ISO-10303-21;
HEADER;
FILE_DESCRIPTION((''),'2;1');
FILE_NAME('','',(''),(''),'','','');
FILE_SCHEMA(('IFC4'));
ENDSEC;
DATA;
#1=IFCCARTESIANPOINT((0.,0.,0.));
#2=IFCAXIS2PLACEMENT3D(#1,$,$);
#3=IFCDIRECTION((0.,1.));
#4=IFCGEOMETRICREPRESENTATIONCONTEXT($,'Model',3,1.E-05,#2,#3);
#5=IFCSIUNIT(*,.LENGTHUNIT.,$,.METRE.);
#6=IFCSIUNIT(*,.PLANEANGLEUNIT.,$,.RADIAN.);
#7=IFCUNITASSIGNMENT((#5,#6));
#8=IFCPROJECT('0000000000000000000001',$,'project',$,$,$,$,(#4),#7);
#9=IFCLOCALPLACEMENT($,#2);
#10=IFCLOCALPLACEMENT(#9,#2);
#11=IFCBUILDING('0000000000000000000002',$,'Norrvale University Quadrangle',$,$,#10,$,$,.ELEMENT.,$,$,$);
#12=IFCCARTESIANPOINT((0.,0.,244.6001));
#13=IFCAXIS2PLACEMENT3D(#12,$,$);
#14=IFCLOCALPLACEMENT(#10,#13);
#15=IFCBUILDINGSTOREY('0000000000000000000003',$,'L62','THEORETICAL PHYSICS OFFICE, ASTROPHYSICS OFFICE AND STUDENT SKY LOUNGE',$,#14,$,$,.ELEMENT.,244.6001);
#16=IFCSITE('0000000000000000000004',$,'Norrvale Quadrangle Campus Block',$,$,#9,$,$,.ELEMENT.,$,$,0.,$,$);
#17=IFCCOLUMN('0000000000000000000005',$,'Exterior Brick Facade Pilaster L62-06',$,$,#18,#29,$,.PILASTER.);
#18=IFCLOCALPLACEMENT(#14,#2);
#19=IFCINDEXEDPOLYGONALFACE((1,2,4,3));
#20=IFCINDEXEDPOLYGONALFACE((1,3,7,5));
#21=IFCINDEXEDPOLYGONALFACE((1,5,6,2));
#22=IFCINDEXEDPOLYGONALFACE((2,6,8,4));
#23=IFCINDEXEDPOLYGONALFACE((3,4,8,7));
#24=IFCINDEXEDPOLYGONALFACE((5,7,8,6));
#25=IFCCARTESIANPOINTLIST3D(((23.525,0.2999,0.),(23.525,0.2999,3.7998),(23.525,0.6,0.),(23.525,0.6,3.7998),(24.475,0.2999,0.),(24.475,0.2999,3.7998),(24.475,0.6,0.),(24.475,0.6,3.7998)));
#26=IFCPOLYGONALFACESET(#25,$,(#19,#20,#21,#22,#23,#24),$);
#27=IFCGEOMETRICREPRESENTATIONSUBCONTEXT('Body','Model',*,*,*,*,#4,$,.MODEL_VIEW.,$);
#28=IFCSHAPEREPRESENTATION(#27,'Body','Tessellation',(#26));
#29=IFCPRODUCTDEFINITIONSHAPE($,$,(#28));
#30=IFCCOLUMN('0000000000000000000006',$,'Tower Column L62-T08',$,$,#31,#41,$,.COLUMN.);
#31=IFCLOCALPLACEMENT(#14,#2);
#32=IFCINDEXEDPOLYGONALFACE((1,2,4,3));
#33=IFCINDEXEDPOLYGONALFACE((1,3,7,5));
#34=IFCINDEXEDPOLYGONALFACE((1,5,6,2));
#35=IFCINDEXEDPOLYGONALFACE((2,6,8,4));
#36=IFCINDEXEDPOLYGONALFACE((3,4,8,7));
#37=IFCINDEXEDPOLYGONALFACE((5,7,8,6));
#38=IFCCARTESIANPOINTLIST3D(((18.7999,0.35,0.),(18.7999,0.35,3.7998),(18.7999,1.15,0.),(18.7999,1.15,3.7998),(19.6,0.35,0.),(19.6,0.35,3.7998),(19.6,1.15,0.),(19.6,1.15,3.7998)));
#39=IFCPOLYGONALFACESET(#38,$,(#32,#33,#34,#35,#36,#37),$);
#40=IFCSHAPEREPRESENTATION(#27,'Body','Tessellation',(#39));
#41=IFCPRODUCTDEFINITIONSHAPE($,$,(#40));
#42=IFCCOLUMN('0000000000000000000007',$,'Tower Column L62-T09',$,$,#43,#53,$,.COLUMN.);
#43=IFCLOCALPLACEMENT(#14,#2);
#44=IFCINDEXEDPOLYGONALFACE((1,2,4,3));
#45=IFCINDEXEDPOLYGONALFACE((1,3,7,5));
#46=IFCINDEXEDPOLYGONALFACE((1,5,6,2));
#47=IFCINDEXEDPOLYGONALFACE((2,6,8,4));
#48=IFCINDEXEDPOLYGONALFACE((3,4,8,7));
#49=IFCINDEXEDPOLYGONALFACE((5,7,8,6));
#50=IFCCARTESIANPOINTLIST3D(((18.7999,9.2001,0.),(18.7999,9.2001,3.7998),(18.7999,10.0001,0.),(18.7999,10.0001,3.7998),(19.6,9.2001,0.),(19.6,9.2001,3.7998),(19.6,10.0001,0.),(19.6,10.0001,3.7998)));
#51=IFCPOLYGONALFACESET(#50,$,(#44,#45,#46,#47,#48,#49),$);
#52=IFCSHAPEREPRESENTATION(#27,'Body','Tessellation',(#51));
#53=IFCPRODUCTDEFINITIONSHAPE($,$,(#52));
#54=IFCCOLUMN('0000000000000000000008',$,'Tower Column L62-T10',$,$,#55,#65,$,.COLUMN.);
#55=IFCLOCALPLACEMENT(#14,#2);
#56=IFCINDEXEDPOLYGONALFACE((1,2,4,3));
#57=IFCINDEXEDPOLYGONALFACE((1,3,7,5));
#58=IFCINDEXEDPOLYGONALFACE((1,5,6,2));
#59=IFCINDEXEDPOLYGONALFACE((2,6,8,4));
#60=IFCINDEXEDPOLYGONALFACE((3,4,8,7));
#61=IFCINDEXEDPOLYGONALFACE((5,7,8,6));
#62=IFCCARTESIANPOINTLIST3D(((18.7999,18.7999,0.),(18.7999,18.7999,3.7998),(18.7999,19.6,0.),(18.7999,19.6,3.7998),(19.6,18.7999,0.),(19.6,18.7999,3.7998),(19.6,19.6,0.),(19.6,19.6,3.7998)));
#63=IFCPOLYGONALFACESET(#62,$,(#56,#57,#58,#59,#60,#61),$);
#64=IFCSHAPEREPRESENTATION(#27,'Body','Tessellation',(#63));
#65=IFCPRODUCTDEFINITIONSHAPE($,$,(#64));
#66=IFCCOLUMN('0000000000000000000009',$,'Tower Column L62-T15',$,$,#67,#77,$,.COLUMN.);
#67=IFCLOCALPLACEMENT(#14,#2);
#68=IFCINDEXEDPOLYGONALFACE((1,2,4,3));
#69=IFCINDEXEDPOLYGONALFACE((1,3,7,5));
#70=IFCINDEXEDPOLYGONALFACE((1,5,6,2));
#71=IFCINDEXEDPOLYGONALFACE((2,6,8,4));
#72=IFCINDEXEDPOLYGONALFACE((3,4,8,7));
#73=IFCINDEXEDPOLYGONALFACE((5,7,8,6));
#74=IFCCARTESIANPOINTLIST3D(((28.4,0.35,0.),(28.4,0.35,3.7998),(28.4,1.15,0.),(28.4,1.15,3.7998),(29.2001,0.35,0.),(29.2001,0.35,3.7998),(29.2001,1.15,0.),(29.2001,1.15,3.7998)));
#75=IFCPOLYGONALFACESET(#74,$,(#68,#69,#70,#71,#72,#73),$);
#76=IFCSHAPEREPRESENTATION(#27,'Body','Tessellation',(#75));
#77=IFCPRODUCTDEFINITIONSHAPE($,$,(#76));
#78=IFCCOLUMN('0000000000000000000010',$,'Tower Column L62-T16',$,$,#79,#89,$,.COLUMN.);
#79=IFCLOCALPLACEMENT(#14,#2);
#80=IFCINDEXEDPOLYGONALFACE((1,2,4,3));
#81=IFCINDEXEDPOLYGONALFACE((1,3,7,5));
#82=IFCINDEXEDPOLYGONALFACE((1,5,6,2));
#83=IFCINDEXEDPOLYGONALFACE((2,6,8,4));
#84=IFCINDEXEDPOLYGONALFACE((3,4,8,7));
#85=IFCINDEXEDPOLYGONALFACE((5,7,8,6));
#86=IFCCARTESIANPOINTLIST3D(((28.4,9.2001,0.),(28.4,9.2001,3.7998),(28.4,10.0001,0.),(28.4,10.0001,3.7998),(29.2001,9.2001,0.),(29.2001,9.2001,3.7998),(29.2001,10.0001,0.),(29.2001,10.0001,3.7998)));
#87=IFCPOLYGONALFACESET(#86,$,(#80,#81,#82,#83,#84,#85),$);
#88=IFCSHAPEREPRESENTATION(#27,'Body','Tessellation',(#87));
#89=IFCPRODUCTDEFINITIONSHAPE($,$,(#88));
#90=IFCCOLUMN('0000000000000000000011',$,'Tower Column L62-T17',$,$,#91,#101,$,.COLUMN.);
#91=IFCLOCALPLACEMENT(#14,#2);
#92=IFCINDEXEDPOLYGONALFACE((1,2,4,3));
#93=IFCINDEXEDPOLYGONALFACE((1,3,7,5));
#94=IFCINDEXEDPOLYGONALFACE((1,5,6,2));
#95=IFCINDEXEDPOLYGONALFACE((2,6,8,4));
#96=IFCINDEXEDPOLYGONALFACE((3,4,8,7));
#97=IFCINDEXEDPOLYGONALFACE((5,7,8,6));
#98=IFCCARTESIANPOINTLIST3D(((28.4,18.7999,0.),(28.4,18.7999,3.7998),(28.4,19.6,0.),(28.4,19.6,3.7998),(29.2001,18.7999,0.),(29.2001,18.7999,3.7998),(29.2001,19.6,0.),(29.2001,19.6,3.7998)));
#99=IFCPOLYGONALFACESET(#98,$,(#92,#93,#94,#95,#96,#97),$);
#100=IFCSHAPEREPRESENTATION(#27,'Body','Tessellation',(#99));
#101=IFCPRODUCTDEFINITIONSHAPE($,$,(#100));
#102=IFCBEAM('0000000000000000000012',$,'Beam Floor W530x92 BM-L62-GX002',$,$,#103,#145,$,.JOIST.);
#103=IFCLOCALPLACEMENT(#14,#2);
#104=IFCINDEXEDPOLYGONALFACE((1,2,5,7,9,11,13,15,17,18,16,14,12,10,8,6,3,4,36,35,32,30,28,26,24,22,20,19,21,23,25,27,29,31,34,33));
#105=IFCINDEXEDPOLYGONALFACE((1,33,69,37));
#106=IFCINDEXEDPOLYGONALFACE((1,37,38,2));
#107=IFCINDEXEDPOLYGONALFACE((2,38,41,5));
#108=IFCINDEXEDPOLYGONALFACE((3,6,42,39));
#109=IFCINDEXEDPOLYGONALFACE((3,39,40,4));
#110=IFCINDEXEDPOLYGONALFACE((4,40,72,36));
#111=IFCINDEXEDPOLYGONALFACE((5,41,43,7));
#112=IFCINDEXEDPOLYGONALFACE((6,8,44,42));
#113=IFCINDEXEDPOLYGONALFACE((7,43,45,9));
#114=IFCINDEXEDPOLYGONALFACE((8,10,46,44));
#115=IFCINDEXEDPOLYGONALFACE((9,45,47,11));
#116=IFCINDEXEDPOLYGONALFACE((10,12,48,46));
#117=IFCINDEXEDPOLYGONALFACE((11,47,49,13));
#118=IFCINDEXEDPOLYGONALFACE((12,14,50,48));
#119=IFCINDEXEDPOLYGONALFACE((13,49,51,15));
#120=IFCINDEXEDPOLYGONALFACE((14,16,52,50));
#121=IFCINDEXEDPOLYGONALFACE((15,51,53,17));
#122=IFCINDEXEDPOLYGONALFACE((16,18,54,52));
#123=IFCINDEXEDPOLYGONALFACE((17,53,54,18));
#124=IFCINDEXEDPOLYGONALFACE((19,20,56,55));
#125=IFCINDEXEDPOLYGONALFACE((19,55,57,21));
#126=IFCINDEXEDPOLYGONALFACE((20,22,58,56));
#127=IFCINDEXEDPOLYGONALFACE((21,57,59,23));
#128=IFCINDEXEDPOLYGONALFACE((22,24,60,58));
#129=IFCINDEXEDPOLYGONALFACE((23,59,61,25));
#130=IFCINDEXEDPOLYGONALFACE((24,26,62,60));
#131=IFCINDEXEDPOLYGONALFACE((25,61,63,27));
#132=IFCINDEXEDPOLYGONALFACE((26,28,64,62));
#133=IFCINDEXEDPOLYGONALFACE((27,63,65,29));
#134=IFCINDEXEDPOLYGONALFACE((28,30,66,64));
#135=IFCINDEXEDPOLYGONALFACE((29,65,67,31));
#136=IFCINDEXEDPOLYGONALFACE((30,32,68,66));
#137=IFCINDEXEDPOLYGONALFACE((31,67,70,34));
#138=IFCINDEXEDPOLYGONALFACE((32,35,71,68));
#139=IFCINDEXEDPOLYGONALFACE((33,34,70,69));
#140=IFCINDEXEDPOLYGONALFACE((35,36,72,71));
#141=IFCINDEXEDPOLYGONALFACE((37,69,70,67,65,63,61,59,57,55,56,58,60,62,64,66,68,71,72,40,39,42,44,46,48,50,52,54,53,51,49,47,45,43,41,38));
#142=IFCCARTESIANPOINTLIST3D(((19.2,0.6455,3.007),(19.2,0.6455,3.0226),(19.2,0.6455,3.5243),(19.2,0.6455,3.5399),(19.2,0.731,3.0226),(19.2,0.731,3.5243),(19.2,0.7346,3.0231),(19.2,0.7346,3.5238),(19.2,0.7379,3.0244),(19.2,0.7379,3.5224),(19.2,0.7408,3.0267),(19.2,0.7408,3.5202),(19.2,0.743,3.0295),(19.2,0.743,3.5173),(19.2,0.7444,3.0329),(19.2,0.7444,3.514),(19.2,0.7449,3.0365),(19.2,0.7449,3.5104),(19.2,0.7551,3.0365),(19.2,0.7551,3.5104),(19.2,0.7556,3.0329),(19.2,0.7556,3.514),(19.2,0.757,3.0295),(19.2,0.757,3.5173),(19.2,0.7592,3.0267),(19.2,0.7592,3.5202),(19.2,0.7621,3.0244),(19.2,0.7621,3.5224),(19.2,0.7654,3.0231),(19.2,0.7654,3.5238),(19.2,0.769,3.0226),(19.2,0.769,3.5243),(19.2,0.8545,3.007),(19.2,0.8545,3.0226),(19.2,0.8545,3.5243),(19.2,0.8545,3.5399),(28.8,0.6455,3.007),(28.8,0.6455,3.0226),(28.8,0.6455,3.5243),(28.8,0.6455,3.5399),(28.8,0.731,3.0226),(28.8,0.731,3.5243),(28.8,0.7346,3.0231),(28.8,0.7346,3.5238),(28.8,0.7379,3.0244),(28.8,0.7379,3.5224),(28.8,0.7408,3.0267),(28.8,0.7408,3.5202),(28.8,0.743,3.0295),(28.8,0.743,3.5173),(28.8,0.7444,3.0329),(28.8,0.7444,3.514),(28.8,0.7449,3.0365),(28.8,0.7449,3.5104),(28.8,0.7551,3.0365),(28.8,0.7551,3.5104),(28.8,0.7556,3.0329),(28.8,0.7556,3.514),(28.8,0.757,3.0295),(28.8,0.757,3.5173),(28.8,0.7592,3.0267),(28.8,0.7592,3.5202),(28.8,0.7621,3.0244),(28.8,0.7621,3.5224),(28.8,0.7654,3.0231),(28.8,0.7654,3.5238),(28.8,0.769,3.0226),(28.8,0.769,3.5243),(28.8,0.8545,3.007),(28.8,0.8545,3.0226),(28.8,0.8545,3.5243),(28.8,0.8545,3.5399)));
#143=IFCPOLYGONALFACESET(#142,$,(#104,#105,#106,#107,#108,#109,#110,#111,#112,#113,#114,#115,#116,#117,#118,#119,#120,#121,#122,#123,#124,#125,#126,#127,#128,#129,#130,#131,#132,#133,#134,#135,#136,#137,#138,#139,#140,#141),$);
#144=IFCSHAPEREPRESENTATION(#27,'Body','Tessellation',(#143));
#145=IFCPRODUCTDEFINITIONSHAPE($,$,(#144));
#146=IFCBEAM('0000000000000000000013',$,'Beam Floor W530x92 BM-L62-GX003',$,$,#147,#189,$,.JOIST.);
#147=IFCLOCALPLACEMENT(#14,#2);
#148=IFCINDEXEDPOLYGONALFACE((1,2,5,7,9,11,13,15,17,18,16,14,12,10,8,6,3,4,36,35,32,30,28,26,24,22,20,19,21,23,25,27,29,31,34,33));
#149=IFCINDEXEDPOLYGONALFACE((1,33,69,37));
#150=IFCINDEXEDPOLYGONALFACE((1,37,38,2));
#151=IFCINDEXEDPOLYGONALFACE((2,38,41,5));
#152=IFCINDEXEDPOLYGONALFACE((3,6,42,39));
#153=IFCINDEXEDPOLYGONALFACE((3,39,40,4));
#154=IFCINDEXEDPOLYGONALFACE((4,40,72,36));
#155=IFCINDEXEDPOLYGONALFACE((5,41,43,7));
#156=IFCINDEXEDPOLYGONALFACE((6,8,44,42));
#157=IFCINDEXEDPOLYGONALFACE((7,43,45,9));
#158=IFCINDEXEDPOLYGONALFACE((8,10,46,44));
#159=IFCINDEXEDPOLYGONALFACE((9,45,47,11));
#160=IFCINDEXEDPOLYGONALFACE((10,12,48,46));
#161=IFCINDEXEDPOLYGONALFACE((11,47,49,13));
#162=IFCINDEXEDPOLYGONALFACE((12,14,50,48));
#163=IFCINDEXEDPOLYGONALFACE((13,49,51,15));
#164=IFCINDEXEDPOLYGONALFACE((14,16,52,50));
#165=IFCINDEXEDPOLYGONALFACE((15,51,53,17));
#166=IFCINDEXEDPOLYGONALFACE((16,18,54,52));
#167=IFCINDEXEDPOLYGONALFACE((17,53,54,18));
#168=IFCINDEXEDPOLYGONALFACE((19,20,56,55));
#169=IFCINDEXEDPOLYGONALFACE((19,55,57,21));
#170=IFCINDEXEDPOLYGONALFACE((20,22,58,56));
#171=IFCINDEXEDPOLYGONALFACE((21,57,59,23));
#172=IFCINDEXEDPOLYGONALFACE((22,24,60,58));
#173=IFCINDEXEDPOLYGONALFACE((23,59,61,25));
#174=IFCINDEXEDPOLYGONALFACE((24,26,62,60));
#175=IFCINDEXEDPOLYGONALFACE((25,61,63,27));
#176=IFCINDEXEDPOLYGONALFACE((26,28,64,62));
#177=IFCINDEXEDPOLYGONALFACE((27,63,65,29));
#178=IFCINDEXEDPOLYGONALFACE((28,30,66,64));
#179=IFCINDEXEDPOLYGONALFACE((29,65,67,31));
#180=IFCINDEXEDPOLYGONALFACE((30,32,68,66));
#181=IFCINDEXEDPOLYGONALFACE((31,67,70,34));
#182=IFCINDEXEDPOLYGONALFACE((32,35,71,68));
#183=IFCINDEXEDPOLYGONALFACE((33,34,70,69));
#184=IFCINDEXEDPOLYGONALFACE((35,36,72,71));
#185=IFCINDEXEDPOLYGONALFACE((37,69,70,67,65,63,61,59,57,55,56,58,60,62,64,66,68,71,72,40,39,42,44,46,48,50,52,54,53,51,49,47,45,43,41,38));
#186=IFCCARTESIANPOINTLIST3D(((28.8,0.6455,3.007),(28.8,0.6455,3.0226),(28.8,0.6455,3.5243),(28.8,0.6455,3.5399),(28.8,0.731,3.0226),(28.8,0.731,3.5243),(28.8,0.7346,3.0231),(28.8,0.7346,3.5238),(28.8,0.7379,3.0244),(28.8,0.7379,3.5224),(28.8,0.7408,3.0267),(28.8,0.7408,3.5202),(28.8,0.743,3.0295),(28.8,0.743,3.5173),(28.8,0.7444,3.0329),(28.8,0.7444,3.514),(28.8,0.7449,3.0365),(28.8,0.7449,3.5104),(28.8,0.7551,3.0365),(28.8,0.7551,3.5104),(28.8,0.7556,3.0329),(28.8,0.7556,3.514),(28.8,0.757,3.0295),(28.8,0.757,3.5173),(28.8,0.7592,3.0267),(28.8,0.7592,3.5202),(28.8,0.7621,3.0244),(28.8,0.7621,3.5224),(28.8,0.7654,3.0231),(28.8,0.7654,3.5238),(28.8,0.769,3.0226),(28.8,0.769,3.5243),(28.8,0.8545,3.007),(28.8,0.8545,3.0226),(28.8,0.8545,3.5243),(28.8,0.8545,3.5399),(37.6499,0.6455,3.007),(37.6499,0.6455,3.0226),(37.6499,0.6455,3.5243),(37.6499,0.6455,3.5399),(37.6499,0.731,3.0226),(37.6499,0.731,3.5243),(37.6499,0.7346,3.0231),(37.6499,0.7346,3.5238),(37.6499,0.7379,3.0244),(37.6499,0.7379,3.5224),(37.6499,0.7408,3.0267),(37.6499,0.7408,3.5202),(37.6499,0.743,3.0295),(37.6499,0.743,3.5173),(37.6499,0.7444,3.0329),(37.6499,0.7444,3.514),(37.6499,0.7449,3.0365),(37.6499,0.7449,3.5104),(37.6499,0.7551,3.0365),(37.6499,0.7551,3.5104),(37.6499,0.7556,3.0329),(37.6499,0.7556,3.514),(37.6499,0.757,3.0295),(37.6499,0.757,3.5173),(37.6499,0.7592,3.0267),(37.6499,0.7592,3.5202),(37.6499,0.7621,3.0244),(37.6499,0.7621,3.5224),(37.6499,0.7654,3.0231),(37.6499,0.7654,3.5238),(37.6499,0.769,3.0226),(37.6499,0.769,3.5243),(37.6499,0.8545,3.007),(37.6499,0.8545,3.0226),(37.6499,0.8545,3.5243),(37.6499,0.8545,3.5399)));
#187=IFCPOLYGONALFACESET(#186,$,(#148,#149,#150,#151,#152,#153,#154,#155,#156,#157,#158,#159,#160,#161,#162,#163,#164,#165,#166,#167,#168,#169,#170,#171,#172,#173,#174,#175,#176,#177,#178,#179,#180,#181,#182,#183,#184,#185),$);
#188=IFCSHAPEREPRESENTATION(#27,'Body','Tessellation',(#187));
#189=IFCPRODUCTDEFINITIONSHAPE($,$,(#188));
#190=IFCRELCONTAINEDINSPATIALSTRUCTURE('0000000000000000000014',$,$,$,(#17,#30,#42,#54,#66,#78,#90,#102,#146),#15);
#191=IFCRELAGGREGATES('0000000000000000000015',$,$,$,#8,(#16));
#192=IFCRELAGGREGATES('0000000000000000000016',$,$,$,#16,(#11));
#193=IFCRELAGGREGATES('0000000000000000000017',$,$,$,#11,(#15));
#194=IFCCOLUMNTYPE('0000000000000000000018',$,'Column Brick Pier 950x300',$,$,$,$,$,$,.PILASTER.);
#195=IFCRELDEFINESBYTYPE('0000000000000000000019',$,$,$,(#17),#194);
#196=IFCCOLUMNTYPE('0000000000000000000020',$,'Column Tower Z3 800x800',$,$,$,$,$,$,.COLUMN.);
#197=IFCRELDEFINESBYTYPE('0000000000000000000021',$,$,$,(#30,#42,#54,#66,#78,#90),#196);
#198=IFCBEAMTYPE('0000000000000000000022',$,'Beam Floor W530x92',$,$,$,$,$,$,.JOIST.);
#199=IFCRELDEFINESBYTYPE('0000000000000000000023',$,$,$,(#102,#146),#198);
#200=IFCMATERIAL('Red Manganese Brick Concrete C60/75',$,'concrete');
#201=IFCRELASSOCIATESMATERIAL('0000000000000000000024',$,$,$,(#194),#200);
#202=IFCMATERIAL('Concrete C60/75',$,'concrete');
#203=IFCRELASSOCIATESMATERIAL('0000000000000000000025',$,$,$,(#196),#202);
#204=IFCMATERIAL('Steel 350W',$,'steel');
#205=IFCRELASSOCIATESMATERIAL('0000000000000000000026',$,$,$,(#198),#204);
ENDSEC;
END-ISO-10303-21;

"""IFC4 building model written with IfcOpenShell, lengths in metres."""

from ifc_helpers import new_model, si_unit, direction, frame, origin, origin_2d, place, context, subcontext, project, spatial, rectangle, i_section, extrude, material, material_profile, profile_set, type_object, element, save


model = new_model("IFC4")

# Units and contexts
model_context = context("Model", 3, precision=1e-05, world=origin(), true_north=direction((0.0, 1.0)))
body_context = subcontext(model_context, "Body", "Model", "MODEL_VIEW")
ifc_project = project(units=[si_unit("LENGTHUNIT", "METRE"), si_unit("PLANEANGLEUNIT", "RADIAN")], contexts=[model_context])

# Site, building, storey
site_placement = place(None, origin())
site = spatial("IfcSite", under=ifc_project, at=site_placement, Name="Norrvale Quadrangle Campus Block", CompositionType="ELEMENT", RefElevation=0.0)
building_placement = place(site_placement, origin())
building = spatial("IfcBuilding", under=site, at=building_placement, Name="Norrvale University Quadrangle", CompositionType="ELEMENT")
storey_placement = place(building_placement, frame((0.0, 0.0, 244.6001)))
storey = spatial("IfcBuildingStorey", under=building, at=storey_placement, Name="L62", Description="THEORETICAL PHYSICS OFFICE, ASTROPHYSICS OFFICE AND STUDENT SKY LOUNGE", CompositionType="ELEMENT", Elevation=244.6001)

# Columns
ifc_material_1 = material(Name="Red Manganese Brick Concrete C60/75", Category="concrete")
ifc_material_profile_1 = material_profile(ifc_material_1, rectangle(XDim=0.95, YDim=0.3, at=origin_2d()), Name="Red Manganese Brick Concrete C60/75")
ifc_profile_set_1 = profile_set([ifc_material_profile_1], Name="Red Manganese Brick Concrete C60/75")
column_type_1 = type_object("IfcColumnType", Name="Column Brick Pier 950x300", PredefinedType="PILASTER", material=ifc_profile_set_1)
column_placement = place(storey_placement, frame((24.0, 0.45, 0.0), z_axis=(0.0, 0.0, 1.0), x_axis=(1.0, 0.0, 0.0)))
element("IfcColumn", 1, at=column_placement, inside=storey, type_object=column_type_1, Name="Exterior Brick Facade Pilaster L62-06", PredefinedType="PILASTER", context=body_context, shape_type="SweptSolid", body=[
    extrude(rectangle(XDim=0.95, YDim=0.3, at=origin_2d()), origin(), (0.0, 0.0, 1.0), 3.7998),
])
ifc_material_2 = material(Name="Concrete C60/75", Category="concrete")
ifc_material_profile_2 = material_profile(ifc_material_2, rectangle(XDim=0.8, YDim=0.8, at=origin_2d()), Name="Concrete C60/75")
ifc_profile_set_2 = profile_set([ifc_material_profile_2], Name="Concrete C60/75")
column_type_2 = type_object("IfcColumnType", Name="Column Tower Z3 800x800", PredefinedType="COLUMN", material=ifc_profile_set_2)
for number, where, z_axis, x_axis, name in (
    (2, (19.2, 0.75, 0.0), (0.0, 0.0, 1.0), (1.0, 0.0, 0.0), "Tower Column L62-T08"),
    (3, (19.2, 9.6001, 0.0), (0.0, 0.0, 1.0), (1.0, 0.0, 0.0), "Tower Column L62-T09"),
    (4, (19.2, 19.2, 0.0), (0.0, 0.0, 1.0), (1.0, 0.0, 0.0), "Tower Column L62-T10"),
    (5, (28.8, 0.75, 0.0), (0.0, 0.0, 1.0), (1.0, 0.0, 0.0), "Tower Column L62-T15"),
    (6, (28.8, 9.6001, 0.0), (0.0, 0.0, 1.0), (1.0, 0.0, 0.0), "Tower Column L62-T16"),
    (7, (28.8, 19.2, 0.0), (0.0, 0.0, 1.0), (1.0, 0.0, 0.0), "Tower Column L62-T17"),
):
    element("IfcColumn", number, at=place(storey_placement, frame(where, z_axis=z_axis, x_axis=x_axis)), inside=storey, type_object=column_type_2, Name=name, PredefinedType="COLUMN", context=body_context, shape_type="SweptSolid", body=[
        extrude(rectangle(XDim=0.8, YDim=0.8, at=origin_2d()), origin(), (0.0, 0.0, 1.0), 3.7998),
    ])

# Beams
ifc_material_3 = material(Name="Steel 350W", Category="steel")
ifc_material_profile_3 = material_profile(ifc_material_3, i_section(OverallWidth=0.209, OverallDepth=0.533, WebThickness=0.0103, FlangeThickness=0.0156, FilletRadius=0.0139, at=origin_2d()), Name="Steel 350W")
ifc_profile_set_3 = profile_set([ifc_material_profile_3], Name="Steel 350W")
beam_type_1 = type_object("IfcBeamType", Name="Beam Floor W530x92", PredefinedType="JOIST", material=ifc_profile_set_3)
beam_1_placement = place(storey_placement, frame((19.2, 0.75, 3.2734), z_axis=(1.0, 0.0, 0.0), x_axis=(0.0, 1.0, 0.0)))
element("IfcBeam", 8, at=beam_1_placement, inside=storey, type_object=beam_type_1, Name="Beam Floor W530x92 BM-L62-GX002", PredefinedType="JOIST", context=body_context, shape_type="SweptSolid", body=[
    extrude(i_section(OverallWidth=0.209, OverallDepth=0.533, WebThickness=0.0103, FlangeThickness=0.0156, FilletRadius=0.0139, at=origin_2d()), origin(), (0.0, 0.0, 1.0), 9.6001),
])
beam_2_placement = place(storey_placement, frame((28.8, 0.75, 3.2734), z_axis=(1.0, 0.0, 0.0), x_axis=(0.0, 1.0, 0.0)))
element("IfcBeam", 9, at=beam_2_placement, inside=storey, type_object=beam_type_1, Name="Beam Floor W530x92 BM-L62-GX003", PredefinedType="JOIST", context=body_context, shape_type="SweptSolid", body=[
    extrude(i_section(OverallWidth=0.209, OverallDepth=0.533, WebThickness=0.0103, FlangeThickness=0.0156, FilletRadius=0.0139, at=origin_2d()), origin(), (0.0, 0.0, 1.0), 8.8499),
])

save(model, "model.ifc")
